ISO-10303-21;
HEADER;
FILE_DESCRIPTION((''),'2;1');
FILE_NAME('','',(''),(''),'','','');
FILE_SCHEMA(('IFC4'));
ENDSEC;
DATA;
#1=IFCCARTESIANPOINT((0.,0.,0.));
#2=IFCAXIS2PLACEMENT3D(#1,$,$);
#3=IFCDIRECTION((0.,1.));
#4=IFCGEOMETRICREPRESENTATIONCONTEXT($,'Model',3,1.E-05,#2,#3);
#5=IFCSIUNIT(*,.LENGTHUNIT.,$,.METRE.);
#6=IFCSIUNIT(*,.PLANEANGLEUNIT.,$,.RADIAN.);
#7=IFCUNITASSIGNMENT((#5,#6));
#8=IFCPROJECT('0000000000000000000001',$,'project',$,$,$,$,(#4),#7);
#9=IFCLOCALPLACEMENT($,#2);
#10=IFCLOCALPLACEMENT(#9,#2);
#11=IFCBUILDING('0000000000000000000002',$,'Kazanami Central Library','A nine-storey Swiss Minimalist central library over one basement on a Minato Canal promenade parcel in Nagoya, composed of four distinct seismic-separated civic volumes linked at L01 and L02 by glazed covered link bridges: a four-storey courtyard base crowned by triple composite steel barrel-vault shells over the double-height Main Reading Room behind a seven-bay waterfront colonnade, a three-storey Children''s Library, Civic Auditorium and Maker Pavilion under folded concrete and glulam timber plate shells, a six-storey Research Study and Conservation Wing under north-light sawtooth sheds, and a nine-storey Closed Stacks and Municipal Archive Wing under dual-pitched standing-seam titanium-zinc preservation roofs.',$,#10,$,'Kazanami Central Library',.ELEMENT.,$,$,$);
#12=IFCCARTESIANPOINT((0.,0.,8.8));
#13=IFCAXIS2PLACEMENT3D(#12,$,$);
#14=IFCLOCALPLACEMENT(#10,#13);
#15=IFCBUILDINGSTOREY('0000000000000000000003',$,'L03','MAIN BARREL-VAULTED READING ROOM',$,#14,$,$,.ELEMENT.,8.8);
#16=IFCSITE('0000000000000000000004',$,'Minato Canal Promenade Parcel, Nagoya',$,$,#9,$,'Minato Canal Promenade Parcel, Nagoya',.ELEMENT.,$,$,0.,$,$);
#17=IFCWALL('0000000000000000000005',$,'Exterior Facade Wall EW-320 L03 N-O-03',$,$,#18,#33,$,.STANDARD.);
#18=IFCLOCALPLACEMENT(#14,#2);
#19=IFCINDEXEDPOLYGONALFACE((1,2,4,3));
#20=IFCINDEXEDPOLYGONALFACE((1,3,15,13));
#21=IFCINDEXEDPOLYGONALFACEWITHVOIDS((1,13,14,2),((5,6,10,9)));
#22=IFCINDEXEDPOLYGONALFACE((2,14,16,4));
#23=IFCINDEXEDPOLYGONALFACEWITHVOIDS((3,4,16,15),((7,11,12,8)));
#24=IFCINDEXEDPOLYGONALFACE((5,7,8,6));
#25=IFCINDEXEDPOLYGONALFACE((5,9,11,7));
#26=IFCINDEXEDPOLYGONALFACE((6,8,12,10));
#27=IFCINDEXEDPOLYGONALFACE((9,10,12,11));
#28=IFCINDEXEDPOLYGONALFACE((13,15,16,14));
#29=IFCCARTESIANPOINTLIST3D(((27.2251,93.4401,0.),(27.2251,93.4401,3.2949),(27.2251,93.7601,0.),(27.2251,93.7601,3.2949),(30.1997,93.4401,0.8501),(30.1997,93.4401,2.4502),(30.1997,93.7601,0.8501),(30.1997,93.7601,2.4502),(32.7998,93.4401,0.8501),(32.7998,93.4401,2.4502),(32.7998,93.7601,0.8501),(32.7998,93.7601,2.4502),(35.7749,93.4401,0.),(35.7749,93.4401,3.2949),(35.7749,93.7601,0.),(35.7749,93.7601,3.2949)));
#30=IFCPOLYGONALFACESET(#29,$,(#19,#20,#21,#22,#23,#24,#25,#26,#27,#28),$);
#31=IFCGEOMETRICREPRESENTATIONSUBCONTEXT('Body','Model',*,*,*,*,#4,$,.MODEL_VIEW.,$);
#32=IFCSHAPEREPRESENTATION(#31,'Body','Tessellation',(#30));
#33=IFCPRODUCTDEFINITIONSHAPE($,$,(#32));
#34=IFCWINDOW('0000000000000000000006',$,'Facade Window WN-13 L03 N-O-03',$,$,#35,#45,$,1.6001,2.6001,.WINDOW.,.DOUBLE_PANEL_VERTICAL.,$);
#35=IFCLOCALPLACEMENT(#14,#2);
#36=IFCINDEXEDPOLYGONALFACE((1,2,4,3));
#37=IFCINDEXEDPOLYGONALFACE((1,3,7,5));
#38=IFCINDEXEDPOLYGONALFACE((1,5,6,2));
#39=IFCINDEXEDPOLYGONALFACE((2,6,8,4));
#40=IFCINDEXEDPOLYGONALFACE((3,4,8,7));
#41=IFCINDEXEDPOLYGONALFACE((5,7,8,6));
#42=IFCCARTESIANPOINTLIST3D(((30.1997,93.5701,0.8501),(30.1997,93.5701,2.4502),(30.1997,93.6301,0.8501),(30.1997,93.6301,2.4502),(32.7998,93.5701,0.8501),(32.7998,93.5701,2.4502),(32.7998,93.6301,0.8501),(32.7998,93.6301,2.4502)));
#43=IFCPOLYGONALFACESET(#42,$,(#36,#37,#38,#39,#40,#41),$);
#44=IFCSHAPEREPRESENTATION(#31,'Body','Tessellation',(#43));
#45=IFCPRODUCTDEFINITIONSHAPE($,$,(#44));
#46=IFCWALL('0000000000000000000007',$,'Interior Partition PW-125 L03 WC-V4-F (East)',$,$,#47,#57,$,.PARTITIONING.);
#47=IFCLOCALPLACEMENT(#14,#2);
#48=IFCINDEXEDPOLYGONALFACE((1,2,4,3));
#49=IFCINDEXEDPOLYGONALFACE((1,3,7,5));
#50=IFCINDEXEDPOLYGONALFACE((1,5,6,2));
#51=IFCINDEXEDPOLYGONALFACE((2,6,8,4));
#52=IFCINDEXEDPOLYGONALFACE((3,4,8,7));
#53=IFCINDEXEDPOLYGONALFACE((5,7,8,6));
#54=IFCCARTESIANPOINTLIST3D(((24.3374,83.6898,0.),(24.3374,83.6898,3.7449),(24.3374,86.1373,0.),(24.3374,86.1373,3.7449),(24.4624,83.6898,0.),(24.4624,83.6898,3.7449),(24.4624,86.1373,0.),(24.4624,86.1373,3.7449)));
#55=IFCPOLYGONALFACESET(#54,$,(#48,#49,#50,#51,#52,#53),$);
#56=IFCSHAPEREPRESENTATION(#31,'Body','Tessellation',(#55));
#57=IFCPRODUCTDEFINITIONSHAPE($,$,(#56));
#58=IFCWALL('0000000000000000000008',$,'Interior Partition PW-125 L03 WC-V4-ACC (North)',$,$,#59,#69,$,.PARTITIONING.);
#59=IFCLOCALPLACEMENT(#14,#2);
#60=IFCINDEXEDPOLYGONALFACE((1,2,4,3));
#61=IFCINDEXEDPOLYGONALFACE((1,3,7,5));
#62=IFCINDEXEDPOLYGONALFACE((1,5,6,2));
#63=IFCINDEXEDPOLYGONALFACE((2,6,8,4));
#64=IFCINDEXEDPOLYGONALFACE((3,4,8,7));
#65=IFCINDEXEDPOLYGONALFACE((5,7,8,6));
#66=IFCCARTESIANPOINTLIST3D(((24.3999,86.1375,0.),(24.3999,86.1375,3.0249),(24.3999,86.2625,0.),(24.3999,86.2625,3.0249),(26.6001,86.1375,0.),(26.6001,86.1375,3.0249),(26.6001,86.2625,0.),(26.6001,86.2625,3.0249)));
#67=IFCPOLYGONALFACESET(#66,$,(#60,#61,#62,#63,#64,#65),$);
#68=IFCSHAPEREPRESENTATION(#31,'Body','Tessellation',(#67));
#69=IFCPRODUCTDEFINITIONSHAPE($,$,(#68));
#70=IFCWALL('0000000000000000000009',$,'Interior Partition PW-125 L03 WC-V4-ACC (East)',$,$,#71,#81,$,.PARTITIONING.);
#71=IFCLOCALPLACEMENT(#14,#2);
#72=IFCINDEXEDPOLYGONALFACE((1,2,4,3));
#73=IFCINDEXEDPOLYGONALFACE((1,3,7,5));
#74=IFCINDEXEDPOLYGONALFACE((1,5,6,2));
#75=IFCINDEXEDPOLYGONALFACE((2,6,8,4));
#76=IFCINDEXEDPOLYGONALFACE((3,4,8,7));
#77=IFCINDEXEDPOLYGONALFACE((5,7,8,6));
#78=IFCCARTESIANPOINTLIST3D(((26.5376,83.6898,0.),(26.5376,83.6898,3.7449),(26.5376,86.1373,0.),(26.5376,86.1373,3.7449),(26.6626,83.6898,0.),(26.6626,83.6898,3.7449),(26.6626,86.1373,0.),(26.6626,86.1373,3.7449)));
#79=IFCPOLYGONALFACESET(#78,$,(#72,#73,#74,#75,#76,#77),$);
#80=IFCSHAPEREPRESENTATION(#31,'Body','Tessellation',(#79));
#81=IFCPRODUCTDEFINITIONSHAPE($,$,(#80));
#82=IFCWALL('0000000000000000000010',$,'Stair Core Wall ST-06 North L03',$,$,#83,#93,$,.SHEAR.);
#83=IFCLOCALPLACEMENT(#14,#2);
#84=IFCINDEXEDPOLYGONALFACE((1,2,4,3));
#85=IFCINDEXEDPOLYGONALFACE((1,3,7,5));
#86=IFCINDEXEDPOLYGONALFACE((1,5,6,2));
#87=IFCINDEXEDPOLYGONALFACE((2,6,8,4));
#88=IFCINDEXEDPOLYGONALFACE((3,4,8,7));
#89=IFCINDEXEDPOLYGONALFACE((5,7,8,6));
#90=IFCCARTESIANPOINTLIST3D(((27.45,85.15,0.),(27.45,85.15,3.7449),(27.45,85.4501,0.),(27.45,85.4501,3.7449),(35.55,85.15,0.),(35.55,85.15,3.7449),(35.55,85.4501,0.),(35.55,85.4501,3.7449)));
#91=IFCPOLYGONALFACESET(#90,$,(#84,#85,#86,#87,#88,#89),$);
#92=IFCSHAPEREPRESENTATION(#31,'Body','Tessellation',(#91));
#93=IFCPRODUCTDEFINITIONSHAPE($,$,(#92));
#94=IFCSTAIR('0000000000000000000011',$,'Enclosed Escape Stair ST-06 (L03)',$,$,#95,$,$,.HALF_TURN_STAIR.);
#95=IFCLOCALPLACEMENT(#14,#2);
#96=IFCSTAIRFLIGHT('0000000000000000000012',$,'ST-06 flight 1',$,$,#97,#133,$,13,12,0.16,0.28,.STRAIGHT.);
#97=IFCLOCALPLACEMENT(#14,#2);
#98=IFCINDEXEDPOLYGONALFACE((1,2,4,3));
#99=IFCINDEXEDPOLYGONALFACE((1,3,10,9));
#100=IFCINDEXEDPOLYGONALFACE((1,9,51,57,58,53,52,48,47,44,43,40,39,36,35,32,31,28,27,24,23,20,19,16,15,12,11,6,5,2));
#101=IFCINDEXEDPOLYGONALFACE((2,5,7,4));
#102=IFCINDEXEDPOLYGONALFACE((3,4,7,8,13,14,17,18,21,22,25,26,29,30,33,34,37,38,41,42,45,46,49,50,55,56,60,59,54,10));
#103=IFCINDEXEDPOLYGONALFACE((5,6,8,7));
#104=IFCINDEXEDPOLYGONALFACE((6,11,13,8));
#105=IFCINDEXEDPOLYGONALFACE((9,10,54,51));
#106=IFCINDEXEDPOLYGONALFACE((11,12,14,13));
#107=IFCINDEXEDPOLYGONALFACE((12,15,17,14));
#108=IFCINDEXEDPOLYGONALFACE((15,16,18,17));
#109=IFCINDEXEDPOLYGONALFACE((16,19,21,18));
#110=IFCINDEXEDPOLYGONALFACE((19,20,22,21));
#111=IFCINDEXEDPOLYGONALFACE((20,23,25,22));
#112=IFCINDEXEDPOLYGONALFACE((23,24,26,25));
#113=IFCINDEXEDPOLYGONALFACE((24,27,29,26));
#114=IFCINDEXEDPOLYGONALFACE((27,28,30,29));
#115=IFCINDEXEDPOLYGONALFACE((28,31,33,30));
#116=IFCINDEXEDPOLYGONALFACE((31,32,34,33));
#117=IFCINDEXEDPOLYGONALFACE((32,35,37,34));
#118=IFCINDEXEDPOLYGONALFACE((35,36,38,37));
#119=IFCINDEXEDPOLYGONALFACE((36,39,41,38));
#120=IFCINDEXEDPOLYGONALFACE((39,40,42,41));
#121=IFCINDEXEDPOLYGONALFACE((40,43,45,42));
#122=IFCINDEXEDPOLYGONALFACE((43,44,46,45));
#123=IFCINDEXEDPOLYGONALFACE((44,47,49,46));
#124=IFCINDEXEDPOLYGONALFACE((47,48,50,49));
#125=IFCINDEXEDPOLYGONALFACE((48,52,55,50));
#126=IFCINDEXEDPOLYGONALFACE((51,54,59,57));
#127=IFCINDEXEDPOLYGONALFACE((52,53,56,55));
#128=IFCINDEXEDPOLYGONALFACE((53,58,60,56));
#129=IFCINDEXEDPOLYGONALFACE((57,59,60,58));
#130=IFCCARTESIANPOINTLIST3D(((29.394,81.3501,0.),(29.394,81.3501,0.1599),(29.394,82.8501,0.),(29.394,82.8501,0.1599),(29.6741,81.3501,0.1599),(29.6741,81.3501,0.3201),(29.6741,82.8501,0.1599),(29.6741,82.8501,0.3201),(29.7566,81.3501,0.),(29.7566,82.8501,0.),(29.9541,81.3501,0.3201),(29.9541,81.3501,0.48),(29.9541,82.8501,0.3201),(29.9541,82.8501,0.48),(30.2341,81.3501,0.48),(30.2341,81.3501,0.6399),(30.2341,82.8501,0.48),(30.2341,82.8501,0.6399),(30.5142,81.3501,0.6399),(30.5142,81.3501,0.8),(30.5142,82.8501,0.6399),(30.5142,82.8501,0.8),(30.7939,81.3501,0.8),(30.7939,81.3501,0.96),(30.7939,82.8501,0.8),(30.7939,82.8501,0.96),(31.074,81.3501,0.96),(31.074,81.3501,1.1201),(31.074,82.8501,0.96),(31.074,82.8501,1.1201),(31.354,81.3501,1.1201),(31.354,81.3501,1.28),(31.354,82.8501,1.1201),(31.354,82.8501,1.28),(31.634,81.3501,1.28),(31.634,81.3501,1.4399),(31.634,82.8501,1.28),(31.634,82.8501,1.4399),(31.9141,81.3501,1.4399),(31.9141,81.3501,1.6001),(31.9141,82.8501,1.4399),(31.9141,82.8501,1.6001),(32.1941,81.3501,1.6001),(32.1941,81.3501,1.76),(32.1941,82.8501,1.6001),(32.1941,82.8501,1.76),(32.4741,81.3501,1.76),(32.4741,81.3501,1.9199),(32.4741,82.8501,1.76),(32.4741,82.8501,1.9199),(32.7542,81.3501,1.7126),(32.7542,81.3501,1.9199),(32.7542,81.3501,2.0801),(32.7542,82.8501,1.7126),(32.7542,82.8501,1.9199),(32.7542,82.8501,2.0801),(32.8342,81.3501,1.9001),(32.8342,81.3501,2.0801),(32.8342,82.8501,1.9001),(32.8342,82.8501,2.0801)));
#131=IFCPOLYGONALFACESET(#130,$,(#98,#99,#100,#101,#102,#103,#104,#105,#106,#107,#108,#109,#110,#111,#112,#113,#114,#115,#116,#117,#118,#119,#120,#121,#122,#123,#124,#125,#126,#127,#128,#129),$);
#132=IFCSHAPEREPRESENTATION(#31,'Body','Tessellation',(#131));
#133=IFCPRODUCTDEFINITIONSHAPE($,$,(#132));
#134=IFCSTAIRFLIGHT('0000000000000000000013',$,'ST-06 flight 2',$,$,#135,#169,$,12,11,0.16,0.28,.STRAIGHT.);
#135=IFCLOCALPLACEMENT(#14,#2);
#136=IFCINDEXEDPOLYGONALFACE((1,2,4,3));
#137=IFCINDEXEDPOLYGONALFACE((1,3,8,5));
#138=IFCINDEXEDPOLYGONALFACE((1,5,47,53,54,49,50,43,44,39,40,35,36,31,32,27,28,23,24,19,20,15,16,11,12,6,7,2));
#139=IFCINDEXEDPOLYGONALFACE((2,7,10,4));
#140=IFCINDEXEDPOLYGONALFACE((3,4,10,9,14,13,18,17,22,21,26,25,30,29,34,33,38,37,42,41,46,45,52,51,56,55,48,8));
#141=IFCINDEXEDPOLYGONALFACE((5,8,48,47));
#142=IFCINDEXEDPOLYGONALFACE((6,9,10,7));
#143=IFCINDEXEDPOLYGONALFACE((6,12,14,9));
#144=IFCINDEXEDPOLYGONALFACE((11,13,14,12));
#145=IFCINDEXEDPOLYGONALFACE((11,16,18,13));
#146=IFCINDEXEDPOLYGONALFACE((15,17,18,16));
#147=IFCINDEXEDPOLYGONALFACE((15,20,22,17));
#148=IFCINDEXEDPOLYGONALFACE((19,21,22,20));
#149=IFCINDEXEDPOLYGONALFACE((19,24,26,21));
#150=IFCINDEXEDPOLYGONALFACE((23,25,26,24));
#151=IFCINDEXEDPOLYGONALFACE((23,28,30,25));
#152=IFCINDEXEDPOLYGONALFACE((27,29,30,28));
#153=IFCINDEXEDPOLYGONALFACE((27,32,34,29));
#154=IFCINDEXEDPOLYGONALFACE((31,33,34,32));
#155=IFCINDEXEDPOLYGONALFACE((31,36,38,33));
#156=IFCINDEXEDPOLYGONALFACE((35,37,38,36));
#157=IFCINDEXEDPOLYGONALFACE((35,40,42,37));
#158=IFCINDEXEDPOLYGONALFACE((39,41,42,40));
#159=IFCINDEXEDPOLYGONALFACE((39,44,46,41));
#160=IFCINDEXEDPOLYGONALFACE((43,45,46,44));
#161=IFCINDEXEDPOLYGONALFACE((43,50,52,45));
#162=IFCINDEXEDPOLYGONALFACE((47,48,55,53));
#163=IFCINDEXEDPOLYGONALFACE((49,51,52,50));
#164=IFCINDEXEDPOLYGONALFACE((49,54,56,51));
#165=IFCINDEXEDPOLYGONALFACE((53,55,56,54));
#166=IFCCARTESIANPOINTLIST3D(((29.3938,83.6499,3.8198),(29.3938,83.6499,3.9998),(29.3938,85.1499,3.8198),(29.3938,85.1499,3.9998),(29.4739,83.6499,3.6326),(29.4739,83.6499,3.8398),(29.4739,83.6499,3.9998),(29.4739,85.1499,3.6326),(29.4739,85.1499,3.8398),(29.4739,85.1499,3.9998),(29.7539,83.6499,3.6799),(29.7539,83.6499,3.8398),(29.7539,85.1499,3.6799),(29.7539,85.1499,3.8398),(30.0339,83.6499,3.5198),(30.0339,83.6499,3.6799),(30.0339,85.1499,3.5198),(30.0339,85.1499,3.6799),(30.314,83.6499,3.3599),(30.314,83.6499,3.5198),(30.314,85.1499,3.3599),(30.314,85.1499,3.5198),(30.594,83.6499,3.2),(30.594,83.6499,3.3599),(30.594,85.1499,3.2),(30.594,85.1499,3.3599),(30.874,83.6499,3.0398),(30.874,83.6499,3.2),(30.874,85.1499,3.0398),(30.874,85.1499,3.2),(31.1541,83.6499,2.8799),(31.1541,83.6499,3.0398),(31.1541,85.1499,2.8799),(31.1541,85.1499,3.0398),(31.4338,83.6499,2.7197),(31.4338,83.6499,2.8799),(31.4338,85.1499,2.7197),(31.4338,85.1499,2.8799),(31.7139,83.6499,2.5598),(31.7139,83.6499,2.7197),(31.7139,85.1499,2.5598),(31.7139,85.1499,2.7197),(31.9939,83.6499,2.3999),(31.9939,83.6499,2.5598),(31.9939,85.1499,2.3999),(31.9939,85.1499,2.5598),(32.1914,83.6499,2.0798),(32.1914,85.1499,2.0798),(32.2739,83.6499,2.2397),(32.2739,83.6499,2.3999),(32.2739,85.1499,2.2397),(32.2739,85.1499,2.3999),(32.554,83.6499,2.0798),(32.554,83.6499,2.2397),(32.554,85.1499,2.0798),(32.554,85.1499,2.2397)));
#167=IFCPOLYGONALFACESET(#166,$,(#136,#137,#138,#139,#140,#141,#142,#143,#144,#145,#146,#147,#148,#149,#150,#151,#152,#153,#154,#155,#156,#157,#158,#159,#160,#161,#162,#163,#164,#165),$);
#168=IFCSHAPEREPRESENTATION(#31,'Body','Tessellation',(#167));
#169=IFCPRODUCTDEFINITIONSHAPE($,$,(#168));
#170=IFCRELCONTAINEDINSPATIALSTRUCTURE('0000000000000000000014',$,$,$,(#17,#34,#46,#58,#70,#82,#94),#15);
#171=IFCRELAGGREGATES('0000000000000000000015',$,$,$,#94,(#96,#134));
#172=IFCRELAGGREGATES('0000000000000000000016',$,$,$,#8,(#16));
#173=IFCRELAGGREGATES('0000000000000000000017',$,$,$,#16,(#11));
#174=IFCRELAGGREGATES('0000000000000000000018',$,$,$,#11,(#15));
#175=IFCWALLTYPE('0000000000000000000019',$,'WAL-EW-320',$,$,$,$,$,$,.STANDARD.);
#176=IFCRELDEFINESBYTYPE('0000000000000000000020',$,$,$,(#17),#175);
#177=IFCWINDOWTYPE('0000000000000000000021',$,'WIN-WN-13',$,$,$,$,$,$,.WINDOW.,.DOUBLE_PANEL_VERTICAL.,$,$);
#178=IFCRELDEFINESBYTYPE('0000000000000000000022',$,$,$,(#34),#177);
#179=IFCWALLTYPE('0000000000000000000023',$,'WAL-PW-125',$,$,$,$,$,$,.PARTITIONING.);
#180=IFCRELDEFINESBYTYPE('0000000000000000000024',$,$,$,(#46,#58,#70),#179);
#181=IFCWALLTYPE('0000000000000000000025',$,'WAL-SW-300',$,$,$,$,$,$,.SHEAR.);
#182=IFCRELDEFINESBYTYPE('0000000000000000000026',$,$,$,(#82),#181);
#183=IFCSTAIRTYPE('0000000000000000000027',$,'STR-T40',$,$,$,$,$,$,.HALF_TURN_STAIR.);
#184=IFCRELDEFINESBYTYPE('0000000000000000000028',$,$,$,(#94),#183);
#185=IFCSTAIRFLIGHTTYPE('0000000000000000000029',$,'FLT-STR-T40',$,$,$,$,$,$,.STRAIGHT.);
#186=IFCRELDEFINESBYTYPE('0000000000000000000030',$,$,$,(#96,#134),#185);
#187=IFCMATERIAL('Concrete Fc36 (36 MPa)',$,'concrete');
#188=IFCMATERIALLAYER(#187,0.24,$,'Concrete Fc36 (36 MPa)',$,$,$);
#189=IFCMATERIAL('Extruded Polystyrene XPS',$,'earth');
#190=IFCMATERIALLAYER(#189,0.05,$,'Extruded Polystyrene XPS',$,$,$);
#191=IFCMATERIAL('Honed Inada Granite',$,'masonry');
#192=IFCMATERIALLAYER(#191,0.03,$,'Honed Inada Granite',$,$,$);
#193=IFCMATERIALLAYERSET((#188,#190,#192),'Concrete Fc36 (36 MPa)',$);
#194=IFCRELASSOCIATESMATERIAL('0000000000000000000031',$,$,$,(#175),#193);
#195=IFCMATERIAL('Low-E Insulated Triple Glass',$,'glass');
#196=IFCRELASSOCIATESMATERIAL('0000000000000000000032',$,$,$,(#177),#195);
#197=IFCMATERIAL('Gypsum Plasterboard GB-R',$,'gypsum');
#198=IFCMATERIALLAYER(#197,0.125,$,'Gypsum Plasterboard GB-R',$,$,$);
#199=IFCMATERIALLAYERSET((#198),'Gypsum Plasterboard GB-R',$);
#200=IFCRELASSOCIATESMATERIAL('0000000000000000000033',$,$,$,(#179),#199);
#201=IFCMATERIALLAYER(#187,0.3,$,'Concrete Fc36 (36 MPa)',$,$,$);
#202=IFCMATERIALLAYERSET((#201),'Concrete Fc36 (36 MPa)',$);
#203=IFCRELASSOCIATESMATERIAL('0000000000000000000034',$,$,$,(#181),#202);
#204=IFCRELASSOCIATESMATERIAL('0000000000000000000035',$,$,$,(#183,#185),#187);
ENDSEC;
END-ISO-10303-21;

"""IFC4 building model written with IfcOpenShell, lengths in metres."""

from ifc_helpers import new_model, si_unit, direction, frame, frame_2d, origin, place, context, subcontext, project, spatial, polyline, rectangle, outline, extrude, material, layer, layer_set, type_object, element, fill, aggregate, save


model = new_model("IFC4")

# Units and contexts
model_context = context("Model", 3, precision=1e-05, world=origin(), true_north=direction((0.0, 1.0)))
body_context = subcontext(model_context, "Body", "Model", "MODEL_VIEW")
ifc_project = project(units=[si_unit("LENGTHUNIT", "METRE"), si_unit("PLANEANGLEUNIT", "RADIAN")], contexts=[model_context])

# Site, building, storey
site_placement = place(None, origin())
site = spatial("IfcSite", under=ifc_project, at=site_placement, Name="Minato Canal Promenade Parcel, Nagoya", LongName="Minato Canal Promenade Parcel, Nagoya", CompositionType="ELEMENT", RefElevation=0.0)
building_placement = place(site_placement, origin())
building = spatial("IfcBuilding", under=site, at=building_placement, Name="Kazanami Central Library", Description="A nine-storey Swiss Minimalist central library over one basement on a Minato Canal promenade parcel in Nagoya, composed of four distinct seismic-separated civic volumes linked at L01 and L02 by glazed covered link bridges: a four-storey courtyard base crowned by triple composite steel barrel-vault shells over the double-height Main Reading Room behind a seven-bay waterfront colonnade, a three-storey Children's Library, Civic Auditorium and Maker Pavilion under folded concrete and glulam timber plate shells, a six-storey Research Study and Conservation Wing under north-light sawtooth sheds, and a nine-storey Closed Stacks and Municipal Archive Wing under dual-pitched standing-seam titanium-zinc preservation roofs.", LongName="Kazanami Central Library", CompositionType="ELEMENT")
storey_placement = place(building_placement, frame((0.0, 0.0, 8.8)))
storey = spatial("IfcBuildingStorey", under=building, at=storey_placement, Name="L03", Description="MAIN BARREL-VAULTED READING ROOM", CompositionType="ELEMENT", Elevation=8.8)

# Wall, opening, window
ifc_material_1 = material(Name="Concrete Fc36 (36 MPa)", Category="concrete")
ifc_layer_1 = layer(ifc_material_1, 0.24, Name="Concrete Fc36 (36 MPa)")
ifc_material_2 = material(Name="Extruded Polystyrene XPS", Category="earth")
ifc_layer_2 = layer(ifc_material_2, 0.05, Name="Extruded Polystyrene XPS")
ifc_material_3 = material(Name="Honed Inada Granite", Category="masonry")
ifc_layer_3 = layer(ifc_material_3, 0.03, Name="Honed Inada Granite")
ifc_layer_set_1 = layer_set([ifc_layer_1, ifc_layer_2, ifc_layer_3], Name="Concrete Fc36 (36 MPa)")
wall_type_1 = type_object("IfcWallType", Name="WAL-EW-320", PredefinedType="STANDARD", material=ifc_layer_set_1)
ifc_material_4 = material(Name="Low-E Insulated Triple Glass", Category="glass")
window_type = type_object("IfcWindowType", Name="WIN-WN-13", PartitioningType="DOUBLE_PANEL_VERTICAL", PredefinedType="WINDOW", material=ifc_material_4)
wall_1_placement = place(storey_placement, frame((35.7749, 93.6001, 0.0), z_axis=(0.0, 0.0, 1.0), x_axis=(-1.0, 0.0, 0.0)))
wall_1 = element("IfcWall", 1, at=wall_1_placement, inside=storey, type_object=wall_type_1, Name="Exterior Facade Wall EW-320 L03 N-O-03", PredefinedType="STANDARD", context=body_context, shape_type="SweptSolid", body=[
    extrude(rectangle(XDim=8.5498, YDim=0.3201, at=frame_2d((4.2749, 0.0))), origin(), (0.0, 0.0, 1.0), 3.2949),
])
opening_1_placement = place(wall_1_placement, frame((2.9751, 0.0, 0.8501)))
opening_1 = element("IfcOpeningElement", 2, at=opening_1_placement, cuts=wall_1, PredefinedType="OPENING", context=body_context, shape_type="SweptSolid", body=[
    extrude(rectangle(XDim=2.6001, YDim=1.6001, at=frame_2d((1.3, 0.8))), frame((0.0, 0.1719, 0.0), z_axis=(0.0, -1.0, 0.0), x_axis=(1.0, 0.0, 0.0)), (0.0, 0.0, 1.0), 0.344),
])
window_1_placement = place(opening_1_placement, origin())
window_1 = element("IfcWindow", 3, at=window_1_placement, inside=storey, type_object=window_type, Name="Facade Window WN-13 L03 N-O-03", OverallHeight=1.6001, OverallWidth=2.6001, PartitioningType="DOUBLE_PANEL_VERTICAL", PredefinedType="WINDOW", context=body_context, shape_type="SweptSolid", body=[
    extrude(rectangle(XDim=2.6001, YDim=1.6001, at=frame_2d((1.3, 0.8))), frame((0.0, 0.03, 0.0), z_axis=(0.0, -1.0, 0.0), x_axis=(1.0, 0.0, 0.0)), (0.0, 0.0, 1.0), 0.0601),
])
fill(opening_1, window_1)

# Walls
ifc_material_5 = material(Name="Gypsum Plasterboard GB-R", Category="gypsum")
ifc_layer_4 = layer(ifc_material_5, 0.125, Name="Gypsum Plasterboard GB-R")
ifc_layer_set_2 = layer_set([ifc_layer_4], Name="Gypsum Plasterboard GB-R")
wall_type_2 = type_object("IfcWallType", Name="WAL-PW-125", PredefinedType="PARTITIONING", material=ifc_layer_set_2)
wall_2_placement = place(storey_placement, frame((24.3999, 83.6899, 0.0), z_axis=(0.0, 0.0, 1.0), x_axis=(0.0, 1.0, 0.0)))
element("IfcWall", 4, at=wall_2_placement, inside=storey, type_object=wall_type_2, Name="Interior Partition PW-125 L03 WC-V4-F (East)", PredefinedType="PARTITIONING", context=body_context, shape_type="SweptSolid", body=[
    extrude(rectangle(XDim=2.4475, YDim=0.125, at=frame_2d((1.2236, 0.0))), origin(), (0.0, 0.0, 1.0), 3.7449),
])
wall_3_placement = place(storey_placement, frame((24.3999, 86.2, 0.0), z_axis=(0.0, 0.0, 1.0), x_axis=(1.0, 0.0, 0.0)))
element("IfcWall", 5, at=wall_3_placement, inside=storey, type_object=wall_type_2, Name="Interior Partition PW-125 L03 WC-V4-ACC (North)", PredefinedType="PARTITIONING", context=body_context, shape_type="SweptSolid", body=[
    extrude(rectangle(XDim=2.2002, YDim=0.125, at=frame_2d((1.1001, 0.0))), origin(), (0.0, 0.0, 1.0), 3.0249),
])
wall_4_placement = place(storey_placement, frame((26.6001, 83.6899, 0.0), z_axis=(0.0, 0.0, 1.0), x_axis=(0.0, 1.0, 0.0)))
element("IfcWall", 6, at=wall_4_placement, inside=storey, type_object=wall_type_2, Name="Interior Partition PW-125 L03 WC-V4-ACC (East)", PredefinedType="PARTITIONING", context=body_context, shape_type="SweptSolid", body=[
    extrude(rectangle(XDim=2.4475, YDim=0.125, at=frame_2d((1.2236, 0.0))), origin(), (0.0, 0.0, 1.0), 3.7449),
])
ifc_layer_5 = layer(ifc_material_1, 0.3, Name="Concrete Fc36 (36 MPa)")
ifc_layer_set_3 = layer_set([ifc_layer_5], Name="Concrete Fc36 (36 MPa)")
wall_type_3 = type_object("IfcWallType", Name="WAL-SW-300", PredefinedType="SHEAR", material=ifc_layer_set_3)
wall_5_placement = place(storey_placement, frame((27.45, 85.3, 0.0), z_axis=(0.0, 0.0, 1.0), x_axis=(1.0, 0.0, 0.0)))
element("IfcWall", 7, at=wall_5_placement, inside=storey, type_object=wall_type_3, Name="Stair Core Wall ST-06 North L03", PredefinedType="SHEAR", context=body_context, shape_type="SweptSolid", body=[
    extrude(rectangle(XDim=8.1001, YDim=0.3, at=frame_2d((4.05, 0.0))), origin(), (0.0, 0.0, 1.0), 3.7449),
])

# Stair, stair flights
stair_type = type_object("IfcStairType", Name="STR-T40", PredefinedType="HALF_TURN_STAIR", material=ifc_material_1)
stair_placement = place(storey_placement, origin())
stair = element("IfcStair", 8, at=stair_placement, inside=storey, type_object=stair_type, Name="Enclosed Escape Stair ST-06 (L03)", PredefinedType="HALF_TURN_STAIR")
stair_flight_type = type_object("IfcStairFlightType", Name="FLT-STR-T40", PredefinedType="STRAIGHT", material=ifc_material_1)
stair_flight_1_placement = place(storey_placement, frame((29.394, 82.1001, 0.0), z_axis=(0.0, 0.0, 1.0), x_axis=(1.0, 0.0, 0.0)))
stair_flight_1 = element("IfcStairFlight", 9, at=stair_flight_1_placement, type_object=stair_flight_type, Name="ST-06 flight 1", NumberOfRisers=13, NumberOfTreads=12, PredefinedType="STRAIGHT", RiserHeight=0.16, TreadLength=0.28, context=body_context, shape_type="SweptSolid", body=[
    extrude(outline(polyline([(0.0, 0.0), (0.0, 0.1599), (0.28, 0.1599), (0.28, 0.3201), (0.5601, 0.3201), (0.5601, 0.48), (0.8401, 0.48), (0.8401, 0.6399), (1.1201, 0.6399), (1.1201, 0.8), (1.3999, 0.8), (1.3999, 0.96), (1.6799, 0.96), (1.6799, 1.1201), (1.96, 1.1201), (1.96, 1.28), (2.24, 1.28), (2.24, 1.4399), (2.52, 1.4399), (2.52, 1.6001), (2.8, 1.6001), (2.8, 1.76), (3.0801, 1.76), (3.0801, 1.9199), (3.3601, 1.9199), (3.3601, 2.0801), (3.4402, 2.0801), (3.4402, 1.9001), (3.3601, 1.7126), (0.3625, 0.0), (0.0, 0.0)])), frame((0.0, 0.75, 0.0), z_axis=(0.0, -1.0, 0.0), x_axis=(1.0, 0.0, 0.0)), (0.0, 0.0, 1.0), 1.5),
])
stair_flight_2_placement = place(storey_placement, frame((32.554, 84.3999, 2.0798), z_axis=(0.0, 0.0, 1.0), x_axis=(-1.0, 0.0, 0.0)))
stair_flight_2 = element("IfcStairFlight", 10, at=stair_flight_2_placement, type_object=stair_flight_type, Name="ST-06 flight 2", NumberOfRisers=12, NumberOfTreads=11, PredefinedType="STRAIGHT", RiserHeight=0.16, TreadLength=0.28, context=body_context, shape_type="SweptSolid", body=[
    extrude(outline(polyline([(0.0, 0.0), (0.0, 0.1599), (0.28, 0.1599), (0.28, 0.3201), (0.5601, 0.3201), (0.5601, 0.48), (0.8401, 0.48), (0.8401, 0.6399), (1.1201, 0.6399), (1.1201, 0.8), (1.3999, 0.8), (1.3999, 0.96), (1.6799, 0.96), (1.6799, 1.1201), (1.96, 1.1201), (1.96, 1.28), (2.24, 1.28), (2.24, 1.4399), (2.52, 1.4399), (2.52, 1.6001), (2.8, 1.6001), (2.8, 1.76), (3.0801, 1.76), (3.0801, 1.9199), (3.1602, 1.9199), (3.1602, 1.74), (3.0801, 1.5527), (0.3625, 0.0), (0.0, 0.0)])), frame((0.0, 0.75, 0.0), z_axis=(0.0, -1.0, 0.0), x_axis=(1.0, 0.0, 0.0)), (0.0, 0.0, 1.0), 1.5),
])
aggregate(stair, [stair_flight_1, stair_flight_2])

save(model, "model.ifc")
